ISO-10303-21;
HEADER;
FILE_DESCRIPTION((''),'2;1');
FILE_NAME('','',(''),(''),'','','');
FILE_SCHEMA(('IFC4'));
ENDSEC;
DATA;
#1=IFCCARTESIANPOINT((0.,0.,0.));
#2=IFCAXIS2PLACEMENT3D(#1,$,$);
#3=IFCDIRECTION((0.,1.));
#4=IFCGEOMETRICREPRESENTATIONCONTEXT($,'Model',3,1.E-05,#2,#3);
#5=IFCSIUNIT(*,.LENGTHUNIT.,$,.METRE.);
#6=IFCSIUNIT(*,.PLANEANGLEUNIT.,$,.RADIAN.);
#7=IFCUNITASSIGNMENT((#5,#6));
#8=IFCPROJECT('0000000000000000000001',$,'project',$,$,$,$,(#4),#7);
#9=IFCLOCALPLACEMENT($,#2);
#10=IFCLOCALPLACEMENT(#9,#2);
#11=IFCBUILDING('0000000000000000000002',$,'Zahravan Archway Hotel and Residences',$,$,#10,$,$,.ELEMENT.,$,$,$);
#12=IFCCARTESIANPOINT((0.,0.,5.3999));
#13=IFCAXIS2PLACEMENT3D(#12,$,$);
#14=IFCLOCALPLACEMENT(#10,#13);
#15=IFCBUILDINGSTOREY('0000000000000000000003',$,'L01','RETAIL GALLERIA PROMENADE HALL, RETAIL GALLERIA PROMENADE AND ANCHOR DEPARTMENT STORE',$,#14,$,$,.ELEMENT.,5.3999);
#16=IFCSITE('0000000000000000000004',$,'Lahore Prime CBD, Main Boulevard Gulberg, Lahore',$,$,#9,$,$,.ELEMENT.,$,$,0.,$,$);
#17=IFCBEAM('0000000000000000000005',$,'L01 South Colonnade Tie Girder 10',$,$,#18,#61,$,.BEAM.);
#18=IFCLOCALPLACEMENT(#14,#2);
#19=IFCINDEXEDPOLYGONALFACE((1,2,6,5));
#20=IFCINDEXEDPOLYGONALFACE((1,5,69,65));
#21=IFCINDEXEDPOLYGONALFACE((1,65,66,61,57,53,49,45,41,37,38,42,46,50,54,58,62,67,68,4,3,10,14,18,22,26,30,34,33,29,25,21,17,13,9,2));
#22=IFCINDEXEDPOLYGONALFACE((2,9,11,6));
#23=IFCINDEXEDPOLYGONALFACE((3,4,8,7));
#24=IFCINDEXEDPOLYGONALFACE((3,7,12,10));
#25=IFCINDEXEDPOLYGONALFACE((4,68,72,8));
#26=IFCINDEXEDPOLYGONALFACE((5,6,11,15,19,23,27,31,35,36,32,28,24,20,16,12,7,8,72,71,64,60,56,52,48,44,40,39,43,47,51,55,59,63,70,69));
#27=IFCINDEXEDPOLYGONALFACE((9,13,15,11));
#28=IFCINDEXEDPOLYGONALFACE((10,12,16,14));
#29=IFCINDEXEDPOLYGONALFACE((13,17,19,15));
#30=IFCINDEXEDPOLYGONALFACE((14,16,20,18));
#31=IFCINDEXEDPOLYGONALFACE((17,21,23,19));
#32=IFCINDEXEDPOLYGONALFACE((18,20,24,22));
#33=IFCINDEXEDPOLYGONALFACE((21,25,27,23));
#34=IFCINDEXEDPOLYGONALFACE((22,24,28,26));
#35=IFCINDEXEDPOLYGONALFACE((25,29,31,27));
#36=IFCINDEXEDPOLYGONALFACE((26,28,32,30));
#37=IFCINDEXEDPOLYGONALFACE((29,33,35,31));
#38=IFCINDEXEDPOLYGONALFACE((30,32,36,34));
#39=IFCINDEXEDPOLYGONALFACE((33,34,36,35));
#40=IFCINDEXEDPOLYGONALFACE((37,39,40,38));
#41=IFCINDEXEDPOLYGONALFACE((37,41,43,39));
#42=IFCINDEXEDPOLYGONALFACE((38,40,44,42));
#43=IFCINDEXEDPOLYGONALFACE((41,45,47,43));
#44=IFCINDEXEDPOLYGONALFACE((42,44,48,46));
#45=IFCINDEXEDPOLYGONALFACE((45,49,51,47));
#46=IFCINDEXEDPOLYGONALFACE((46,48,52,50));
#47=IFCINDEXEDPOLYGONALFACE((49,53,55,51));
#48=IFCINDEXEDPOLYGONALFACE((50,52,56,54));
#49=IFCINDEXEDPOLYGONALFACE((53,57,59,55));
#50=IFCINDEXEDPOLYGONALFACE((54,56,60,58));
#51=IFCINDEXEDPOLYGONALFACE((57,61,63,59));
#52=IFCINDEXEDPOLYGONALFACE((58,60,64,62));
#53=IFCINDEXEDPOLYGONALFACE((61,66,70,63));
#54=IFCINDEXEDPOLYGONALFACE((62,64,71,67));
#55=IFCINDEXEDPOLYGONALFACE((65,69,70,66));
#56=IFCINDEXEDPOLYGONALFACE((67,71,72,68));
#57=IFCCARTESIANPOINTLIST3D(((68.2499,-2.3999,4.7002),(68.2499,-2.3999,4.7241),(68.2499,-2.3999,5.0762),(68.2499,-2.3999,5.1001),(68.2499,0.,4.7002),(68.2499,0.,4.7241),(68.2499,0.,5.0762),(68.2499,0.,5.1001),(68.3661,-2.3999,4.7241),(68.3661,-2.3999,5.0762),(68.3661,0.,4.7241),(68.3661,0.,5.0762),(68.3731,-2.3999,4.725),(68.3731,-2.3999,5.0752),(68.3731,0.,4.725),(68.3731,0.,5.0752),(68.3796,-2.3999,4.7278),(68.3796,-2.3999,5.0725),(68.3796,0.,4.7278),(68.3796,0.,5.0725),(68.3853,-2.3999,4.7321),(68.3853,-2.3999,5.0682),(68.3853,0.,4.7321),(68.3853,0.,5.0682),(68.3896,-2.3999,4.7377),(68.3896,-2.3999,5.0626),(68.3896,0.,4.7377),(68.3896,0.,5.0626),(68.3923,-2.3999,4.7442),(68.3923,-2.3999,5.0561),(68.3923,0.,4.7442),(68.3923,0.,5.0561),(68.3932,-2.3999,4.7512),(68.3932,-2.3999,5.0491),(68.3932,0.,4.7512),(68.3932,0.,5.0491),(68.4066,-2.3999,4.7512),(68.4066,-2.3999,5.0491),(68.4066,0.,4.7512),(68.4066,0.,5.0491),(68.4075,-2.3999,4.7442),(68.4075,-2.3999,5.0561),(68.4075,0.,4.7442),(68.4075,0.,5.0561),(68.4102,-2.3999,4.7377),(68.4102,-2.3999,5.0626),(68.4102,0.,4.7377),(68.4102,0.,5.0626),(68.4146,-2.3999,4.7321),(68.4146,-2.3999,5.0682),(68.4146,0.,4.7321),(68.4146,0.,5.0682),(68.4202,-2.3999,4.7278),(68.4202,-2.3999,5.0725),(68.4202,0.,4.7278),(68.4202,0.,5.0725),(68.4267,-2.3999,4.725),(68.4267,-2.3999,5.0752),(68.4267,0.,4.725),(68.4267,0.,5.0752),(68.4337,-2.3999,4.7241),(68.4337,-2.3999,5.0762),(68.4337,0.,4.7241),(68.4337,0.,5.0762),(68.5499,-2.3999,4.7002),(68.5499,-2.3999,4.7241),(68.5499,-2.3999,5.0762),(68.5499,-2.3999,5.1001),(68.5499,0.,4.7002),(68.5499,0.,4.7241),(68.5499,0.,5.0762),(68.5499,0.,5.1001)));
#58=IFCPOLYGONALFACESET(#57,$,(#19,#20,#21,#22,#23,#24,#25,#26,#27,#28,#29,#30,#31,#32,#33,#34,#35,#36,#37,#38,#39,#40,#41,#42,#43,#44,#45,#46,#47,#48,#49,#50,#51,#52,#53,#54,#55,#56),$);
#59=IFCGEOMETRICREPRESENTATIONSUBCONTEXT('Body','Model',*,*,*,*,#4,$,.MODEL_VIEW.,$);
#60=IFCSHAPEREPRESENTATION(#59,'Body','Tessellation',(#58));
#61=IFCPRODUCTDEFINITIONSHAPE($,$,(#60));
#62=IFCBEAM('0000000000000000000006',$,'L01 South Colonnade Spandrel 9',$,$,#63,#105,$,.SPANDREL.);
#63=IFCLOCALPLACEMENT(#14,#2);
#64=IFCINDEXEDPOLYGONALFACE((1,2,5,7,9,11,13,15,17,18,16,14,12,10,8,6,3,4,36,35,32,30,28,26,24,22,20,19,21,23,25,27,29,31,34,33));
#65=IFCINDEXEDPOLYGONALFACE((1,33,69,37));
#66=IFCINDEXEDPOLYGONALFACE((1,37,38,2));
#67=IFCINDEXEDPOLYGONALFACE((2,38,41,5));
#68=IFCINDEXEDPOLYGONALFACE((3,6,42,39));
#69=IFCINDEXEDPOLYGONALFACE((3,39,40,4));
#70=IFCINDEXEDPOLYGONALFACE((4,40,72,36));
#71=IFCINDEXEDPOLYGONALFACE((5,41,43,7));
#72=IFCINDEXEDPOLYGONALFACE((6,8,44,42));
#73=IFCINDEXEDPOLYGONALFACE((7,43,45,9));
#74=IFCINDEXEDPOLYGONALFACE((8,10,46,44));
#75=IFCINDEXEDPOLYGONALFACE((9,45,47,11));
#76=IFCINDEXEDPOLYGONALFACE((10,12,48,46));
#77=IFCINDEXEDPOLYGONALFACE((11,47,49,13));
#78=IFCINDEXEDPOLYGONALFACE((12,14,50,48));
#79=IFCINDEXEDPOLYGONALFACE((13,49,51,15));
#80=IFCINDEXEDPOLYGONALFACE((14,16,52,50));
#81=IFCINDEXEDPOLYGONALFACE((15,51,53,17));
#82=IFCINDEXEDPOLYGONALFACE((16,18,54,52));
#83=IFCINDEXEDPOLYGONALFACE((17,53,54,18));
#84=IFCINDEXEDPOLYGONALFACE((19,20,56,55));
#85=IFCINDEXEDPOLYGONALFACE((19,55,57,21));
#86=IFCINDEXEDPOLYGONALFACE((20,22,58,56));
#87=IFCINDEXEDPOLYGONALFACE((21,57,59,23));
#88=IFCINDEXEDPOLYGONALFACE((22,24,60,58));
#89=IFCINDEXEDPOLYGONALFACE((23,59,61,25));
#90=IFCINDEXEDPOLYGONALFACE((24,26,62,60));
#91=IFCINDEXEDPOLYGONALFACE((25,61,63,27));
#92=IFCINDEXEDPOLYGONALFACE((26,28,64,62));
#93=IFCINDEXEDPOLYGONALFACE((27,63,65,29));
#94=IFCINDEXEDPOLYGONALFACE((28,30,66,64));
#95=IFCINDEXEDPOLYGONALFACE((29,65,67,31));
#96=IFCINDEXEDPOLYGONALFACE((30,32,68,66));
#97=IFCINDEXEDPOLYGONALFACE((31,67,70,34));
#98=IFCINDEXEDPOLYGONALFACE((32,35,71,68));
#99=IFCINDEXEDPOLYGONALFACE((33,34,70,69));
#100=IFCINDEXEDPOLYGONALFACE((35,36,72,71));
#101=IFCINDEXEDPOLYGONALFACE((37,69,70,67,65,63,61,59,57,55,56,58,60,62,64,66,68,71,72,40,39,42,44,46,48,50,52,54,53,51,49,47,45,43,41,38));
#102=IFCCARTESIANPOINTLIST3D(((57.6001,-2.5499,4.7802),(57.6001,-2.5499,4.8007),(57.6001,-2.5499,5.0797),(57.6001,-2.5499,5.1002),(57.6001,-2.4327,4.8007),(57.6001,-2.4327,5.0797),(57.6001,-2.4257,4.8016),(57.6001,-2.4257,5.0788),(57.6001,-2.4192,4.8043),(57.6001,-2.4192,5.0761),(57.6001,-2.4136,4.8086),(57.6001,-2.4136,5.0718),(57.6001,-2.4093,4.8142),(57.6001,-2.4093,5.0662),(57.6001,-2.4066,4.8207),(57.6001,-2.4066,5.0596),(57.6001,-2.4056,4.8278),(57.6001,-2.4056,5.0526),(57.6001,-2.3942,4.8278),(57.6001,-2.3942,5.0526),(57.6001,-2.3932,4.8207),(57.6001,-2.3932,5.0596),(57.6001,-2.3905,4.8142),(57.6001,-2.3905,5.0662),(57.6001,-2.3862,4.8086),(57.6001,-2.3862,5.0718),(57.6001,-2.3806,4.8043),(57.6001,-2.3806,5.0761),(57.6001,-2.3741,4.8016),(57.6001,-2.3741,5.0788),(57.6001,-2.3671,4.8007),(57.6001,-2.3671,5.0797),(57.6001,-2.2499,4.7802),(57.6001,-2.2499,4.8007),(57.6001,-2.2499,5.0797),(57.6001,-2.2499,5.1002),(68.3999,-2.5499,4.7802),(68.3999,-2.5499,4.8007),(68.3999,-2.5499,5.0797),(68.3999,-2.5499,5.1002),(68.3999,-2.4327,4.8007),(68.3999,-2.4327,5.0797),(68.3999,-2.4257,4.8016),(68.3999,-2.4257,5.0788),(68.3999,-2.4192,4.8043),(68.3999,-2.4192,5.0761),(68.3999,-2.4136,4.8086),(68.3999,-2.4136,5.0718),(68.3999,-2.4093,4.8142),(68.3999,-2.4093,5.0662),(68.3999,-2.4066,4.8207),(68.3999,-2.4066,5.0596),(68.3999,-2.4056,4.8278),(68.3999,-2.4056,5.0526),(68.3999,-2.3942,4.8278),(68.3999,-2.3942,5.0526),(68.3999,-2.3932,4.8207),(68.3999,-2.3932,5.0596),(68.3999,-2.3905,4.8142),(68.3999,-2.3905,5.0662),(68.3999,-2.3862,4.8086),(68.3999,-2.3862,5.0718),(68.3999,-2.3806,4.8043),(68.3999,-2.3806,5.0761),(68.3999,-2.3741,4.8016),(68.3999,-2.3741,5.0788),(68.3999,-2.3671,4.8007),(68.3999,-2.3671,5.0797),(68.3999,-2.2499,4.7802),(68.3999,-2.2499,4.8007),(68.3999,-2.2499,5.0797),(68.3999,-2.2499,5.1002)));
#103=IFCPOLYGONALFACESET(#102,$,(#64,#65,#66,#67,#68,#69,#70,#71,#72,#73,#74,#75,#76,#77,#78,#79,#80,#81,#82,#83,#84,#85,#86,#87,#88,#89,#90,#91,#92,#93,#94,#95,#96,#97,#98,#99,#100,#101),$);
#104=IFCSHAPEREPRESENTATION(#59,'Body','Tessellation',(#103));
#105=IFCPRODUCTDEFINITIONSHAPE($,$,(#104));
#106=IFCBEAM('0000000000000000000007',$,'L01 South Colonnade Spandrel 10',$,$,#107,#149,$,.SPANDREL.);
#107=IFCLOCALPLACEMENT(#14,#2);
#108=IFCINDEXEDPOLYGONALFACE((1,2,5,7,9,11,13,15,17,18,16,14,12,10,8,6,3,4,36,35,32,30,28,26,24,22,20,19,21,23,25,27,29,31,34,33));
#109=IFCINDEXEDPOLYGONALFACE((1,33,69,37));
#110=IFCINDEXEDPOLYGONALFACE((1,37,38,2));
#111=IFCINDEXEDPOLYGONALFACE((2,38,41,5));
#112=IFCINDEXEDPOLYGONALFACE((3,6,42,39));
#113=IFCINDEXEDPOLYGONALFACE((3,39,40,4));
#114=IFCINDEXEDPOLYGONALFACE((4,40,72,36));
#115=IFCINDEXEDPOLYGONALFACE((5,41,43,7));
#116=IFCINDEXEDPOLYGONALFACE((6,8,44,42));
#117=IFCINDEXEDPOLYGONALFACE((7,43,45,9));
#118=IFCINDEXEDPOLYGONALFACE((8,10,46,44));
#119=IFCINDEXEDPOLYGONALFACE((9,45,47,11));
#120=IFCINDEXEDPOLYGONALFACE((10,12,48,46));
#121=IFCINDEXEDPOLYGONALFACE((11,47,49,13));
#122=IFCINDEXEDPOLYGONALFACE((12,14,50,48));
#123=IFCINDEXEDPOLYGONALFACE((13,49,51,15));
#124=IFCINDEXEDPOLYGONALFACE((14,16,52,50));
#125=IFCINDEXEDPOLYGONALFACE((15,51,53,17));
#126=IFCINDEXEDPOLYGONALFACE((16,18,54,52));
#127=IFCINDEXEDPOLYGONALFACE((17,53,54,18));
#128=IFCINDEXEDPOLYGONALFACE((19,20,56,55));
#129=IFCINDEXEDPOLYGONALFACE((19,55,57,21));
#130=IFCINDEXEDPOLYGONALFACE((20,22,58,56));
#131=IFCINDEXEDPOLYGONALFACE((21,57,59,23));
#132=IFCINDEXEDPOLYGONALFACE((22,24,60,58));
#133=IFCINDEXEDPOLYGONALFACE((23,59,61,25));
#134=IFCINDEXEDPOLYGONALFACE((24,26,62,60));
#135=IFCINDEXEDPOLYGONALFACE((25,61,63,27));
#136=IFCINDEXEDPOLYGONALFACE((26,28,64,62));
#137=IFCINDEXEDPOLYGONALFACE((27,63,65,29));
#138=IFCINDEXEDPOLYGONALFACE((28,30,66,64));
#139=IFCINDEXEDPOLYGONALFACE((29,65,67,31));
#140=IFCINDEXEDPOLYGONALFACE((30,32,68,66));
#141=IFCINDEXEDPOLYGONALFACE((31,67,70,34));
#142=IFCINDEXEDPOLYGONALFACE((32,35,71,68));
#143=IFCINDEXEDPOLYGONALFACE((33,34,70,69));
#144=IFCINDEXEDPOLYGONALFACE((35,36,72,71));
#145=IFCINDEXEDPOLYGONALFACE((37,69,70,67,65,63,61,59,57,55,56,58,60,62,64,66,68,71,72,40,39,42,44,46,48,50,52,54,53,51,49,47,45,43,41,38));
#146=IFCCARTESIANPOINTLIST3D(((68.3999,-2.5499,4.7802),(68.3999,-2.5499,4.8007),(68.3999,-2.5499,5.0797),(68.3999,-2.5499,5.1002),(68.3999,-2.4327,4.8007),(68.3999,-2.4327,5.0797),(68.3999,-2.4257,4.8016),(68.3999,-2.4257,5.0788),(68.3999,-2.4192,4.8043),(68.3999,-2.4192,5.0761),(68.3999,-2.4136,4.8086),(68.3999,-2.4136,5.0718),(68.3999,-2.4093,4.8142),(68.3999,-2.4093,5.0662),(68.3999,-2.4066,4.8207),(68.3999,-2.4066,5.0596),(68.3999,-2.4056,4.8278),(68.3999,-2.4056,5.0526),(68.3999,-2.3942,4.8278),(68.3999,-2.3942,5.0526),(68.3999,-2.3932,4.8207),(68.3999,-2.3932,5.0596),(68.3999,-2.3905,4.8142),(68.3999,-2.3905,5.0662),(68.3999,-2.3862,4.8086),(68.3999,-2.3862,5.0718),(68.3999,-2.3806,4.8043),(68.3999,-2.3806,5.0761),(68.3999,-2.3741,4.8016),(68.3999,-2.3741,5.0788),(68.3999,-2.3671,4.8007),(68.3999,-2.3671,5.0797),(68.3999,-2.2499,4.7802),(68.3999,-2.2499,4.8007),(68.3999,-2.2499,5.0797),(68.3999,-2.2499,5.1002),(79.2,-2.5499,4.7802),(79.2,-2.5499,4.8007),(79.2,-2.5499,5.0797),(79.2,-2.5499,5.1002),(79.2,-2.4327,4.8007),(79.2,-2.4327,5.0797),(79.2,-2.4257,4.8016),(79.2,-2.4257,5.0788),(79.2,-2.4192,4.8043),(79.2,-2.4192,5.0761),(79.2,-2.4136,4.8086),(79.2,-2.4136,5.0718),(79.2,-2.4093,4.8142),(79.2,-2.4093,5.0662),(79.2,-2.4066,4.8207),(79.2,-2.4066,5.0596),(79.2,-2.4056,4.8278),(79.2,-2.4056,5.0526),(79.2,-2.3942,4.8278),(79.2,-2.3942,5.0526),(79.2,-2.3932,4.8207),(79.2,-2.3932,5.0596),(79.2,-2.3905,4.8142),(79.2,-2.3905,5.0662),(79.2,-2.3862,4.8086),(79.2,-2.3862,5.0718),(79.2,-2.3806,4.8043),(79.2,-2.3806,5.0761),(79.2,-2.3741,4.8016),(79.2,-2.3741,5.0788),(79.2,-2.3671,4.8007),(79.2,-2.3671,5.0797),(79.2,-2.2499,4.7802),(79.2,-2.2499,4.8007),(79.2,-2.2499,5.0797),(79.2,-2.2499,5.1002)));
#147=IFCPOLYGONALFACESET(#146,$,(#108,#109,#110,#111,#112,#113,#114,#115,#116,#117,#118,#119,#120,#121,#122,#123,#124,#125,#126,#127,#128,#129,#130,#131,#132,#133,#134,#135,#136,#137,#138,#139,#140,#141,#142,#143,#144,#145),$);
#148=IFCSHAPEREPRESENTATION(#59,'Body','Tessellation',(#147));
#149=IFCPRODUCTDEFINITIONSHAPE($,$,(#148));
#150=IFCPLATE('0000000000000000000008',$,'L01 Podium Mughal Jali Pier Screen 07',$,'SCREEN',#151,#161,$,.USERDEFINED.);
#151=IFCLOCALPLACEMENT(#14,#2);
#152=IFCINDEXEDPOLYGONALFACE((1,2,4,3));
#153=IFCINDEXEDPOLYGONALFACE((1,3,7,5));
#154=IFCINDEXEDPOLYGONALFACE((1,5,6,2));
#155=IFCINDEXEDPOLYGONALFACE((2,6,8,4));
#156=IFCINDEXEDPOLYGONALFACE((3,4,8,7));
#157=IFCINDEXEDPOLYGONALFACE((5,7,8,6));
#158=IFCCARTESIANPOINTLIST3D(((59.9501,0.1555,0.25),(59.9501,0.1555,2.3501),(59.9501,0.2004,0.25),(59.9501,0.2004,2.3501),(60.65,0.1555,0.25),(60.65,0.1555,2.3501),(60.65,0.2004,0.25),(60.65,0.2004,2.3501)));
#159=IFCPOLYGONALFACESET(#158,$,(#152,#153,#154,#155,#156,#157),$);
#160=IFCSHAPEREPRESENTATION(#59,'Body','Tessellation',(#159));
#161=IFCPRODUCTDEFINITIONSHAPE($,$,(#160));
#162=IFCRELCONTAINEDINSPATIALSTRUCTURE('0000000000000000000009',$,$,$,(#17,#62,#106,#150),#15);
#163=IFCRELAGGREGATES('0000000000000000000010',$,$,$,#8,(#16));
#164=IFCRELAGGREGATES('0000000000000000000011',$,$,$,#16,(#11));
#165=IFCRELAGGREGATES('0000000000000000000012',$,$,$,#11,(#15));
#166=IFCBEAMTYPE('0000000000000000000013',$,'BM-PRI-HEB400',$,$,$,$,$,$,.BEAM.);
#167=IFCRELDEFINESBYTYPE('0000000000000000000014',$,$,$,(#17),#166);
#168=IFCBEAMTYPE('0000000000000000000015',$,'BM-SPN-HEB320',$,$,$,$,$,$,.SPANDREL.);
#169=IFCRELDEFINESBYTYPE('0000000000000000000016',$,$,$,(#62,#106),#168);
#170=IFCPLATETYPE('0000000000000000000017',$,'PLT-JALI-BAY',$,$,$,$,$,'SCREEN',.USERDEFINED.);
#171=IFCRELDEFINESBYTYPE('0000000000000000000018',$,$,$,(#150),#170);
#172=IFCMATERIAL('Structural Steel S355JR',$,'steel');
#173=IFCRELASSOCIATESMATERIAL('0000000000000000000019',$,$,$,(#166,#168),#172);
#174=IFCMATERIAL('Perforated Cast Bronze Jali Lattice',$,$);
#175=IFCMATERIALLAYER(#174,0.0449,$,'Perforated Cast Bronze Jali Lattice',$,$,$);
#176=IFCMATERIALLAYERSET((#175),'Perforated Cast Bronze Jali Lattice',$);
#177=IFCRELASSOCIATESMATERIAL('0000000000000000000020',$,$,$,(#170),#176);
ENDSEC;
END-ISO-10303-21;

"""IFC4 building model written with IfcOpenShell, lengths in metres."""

from ifc_helpers import new_model, si_unit, direction, frame, origin, origin_2d, place, context, subcontext, project, spatial, rectangle, i_section, extrude, source, transform, mapped, material, layer, layer_set, material_profile, profile_set, type_object, type_shapes, element, save


model = new_model("IFC4")

# Units and contexts
model_context = context("Model", 3, precision=1e-05, world=origin(), true_north=direction((0.0, 1.0)))
body_context = subcontext(model_context, "Body", "Model", "MODEL_VIEW")
ifc_project = project(units=[si_unit("LENGTHUNIT", "METRE"), si_unit("PLANEANGLEUNIT", "RADIAN")], contexts=[model_context])

# Site, building, storey
site_placement = place(None, origin())
site = spatial("IfcSite", under=ifc_project, at=site_placement, Name="Lahore Prime CBD, Main Boulevard Gulberg, Lahore", CompositionType="ELEMENT", RefElevation=0.0)
building_placement = place(site_placement, origin())
building = spatial("IfcBuilding", under=site, at=building_placement, Name="Zahravan Archway Hotel and Residences", CompositionType="ELEMENT")
storey_placement = place(building_placement, frame((0.0, 0.0, 5.3999)))
storey = spatial("IfcBuildingStorey", under=building, at=storey_placement, Name="L01", Description="RETAIL GALLERIA PROMENADE HALL, RETAIL GALLERIA PROMENADE AND ANCHOR DEPARTMENT STORE", CompositionType="ELEMENT", Elevation=5.3999)

# Beams
ifc_material_1 = material(Name="Structural Steel S355JR", Category="steel")
ifc_material_profile_1 = material_profile(ifc_material_1, i_section(OverallWidth=0.3, OverallDepth=0.3999, WebThickness=0.0134, FlangeThickness=0.0239, FilletRadius=0.0271, at=origin_2d()), Name="HEB 400", Category="steel")
ifc_profile_set_1 = profile_set([ifc_material_profile_1], Name="Structural Steel S355JR")
beam_type_1 = type_object("IfcBeamType", Name="BM-PRI-HEB400", PredefinedType="BEAM", material=ifc_profile_set_1)
shared_shape_1 = source(origin(), body_context, "Body", "SweptSolid", [
    extrude(i_section(OverallWidth=0.3, OverallDepth=0.3999, WebThickness=0.0134, FlangeThickness=0.0239, FilletRadius=0.0271, at=origin_2d()), origin(), (0.0, 0.0, 1.0), 2.3999),
])
for number, where, z_axis, x_axis, name in (
    (1, (68.3999, -2.3999, 4.9001), (0.0, 1.0, 0.0), (-1.0, 0.0, 0.0), "L01 South Colonnade Tie Girder 10"),
):
    element("IfcBeam", number, at=place(storey_placement, frame(where, z_axis=z_axis, x_axis=x_axis)), inside=storey, type_object=beam_type_1, Name=name, PredefinedType="BEAM", context=body_context, shape_type="MappedRepresentation", body=[
        mapped(shared_shape_1, transform((0.0, 0.0, 0.0), scale=1.0)),
    ])
ifc_material_profile_2 = material_profile(ifc_material_1, i_section(OverallWidth=0.3, OverallDepth=0.3201, WebThickness=0.0115, FlangeThickness=0.0205, FilletRadius=0.0271, at=origin_2d()), Name="HEB 320", Category="steel")
ifc_profile_set_2 = profile_set([ifc_material_profile_2], Name="Structural Steel S355JR")
beam_type_2 = type_object("IfcBeamType", Name="BM-SPN-HEB320", PredefinedType="SPANDREL", material=ifc_profile_set_2)
shared_shape_2 = source(origin(), body_context, "Body", "SweptSolid", [
    extrude(i_section(OverallWidth=0.3, OverallDepth=0.3201, WebThickness=0.0115, FlangeThickness=0.0205, FilletRadius=0.0271, at=origin_2d()), origin(), (0.0, 0.0, 1.0), 10.7998),
])
beam_1_placement = place(storey_placement, frame((57.6001, -2.3999, 4.9402), z_axis=(1.0, 0.0, 0.0), x_axis=(0.0, 1.0, 0.0)))
element("IfcBeam", 2, at=beam_1_placement, inside=storey, type_object=beam_type_2, Name="L01 South Colonnade Spandrel 9", PredefinedType="SPANDREL", context=body_context, shape_type="MappedRepresentation", body=[
    mapped(shared_shape_2, transform((0.0, 0.0, 0.0), scale=1.0)),
])
shared_shape_3 = source(origin(), body_context, "Body", "SweptSolid", [
    extrude(i_section(OverallWidth=0.3, OverallDepth=0.3201, WebThickness=0.0115, FlangeThickness=0.0205, FilletRadius=0.0271, at=origin_2d()), origin(), (0.0, 0.0, 1.0), 10.8),
])
beam_2_placement = place(storey_placement, frame((68.3999, -2.3999, 4.9402), z_axis=(1.0, 0.0, 0.0), x_axis=(0.0, 1.0, 0.0)))
element("IfcBeam", 3, at=beam_2_placement, inside=storey, type_object=beam_type_2, Name="L01 South Colonnade Spandrel 10", PredefinedType="SPANDREL", context=body_context, shape_type="MappedRepresentation", body=[
    mapped(shared_shape_3, transform((0.0, 0.0, 0.0), scale=1.0)),
])

# Plate
ifc_material_2 = material(Name="Perforated Cast Bronze Jali Lattice")
ifc_layer = layer(ifc_material_2, 0.0449, Name="Perforated Cast Bronze Jali Lattice")
ifc_layer_set = layer_set([ifc_layer], Name="Perforated Cast Bronze Jali Lattice")
plate_type = type_object("IfcPlateType", Name="PLT-JALI-BAY", ElementType="SCREEN", PredefinedType="USERDEFINED", material=ifc_layer_set)
shared_shape_4 = source(origin(), body_context, "Body", "SweptSolid", [
    extrude(rectangle(XDim=0.7, YDim=0.0449, at=origin_2d()), origin(), (0.0, 0.0, 1.0), 2.1001),
])
type_shapes(plate_type, [shared_shape_4])
plate_placement = place(storey_placement, frame((60.3, 0.178, 0.25), z_axis=(0.0, 0.0, 1.0), x_axis=(1.0, 0.0, 0.0)))
element("IfcPlate", 4, at=plate_placement, inside=storey, type_object=plate_type, Name="L01 Podium Mughal Jali Pier Screen 07", ObjectType="SCREEN", PredefinedType="USERDEFINED", context=body_context, shape_type="MappedRepresentation", body=[
    mapped(shared_shape_4, transform((0.0, 0.0, 0.0), scale=1.0)),
])

save(model, "model.ifc")
